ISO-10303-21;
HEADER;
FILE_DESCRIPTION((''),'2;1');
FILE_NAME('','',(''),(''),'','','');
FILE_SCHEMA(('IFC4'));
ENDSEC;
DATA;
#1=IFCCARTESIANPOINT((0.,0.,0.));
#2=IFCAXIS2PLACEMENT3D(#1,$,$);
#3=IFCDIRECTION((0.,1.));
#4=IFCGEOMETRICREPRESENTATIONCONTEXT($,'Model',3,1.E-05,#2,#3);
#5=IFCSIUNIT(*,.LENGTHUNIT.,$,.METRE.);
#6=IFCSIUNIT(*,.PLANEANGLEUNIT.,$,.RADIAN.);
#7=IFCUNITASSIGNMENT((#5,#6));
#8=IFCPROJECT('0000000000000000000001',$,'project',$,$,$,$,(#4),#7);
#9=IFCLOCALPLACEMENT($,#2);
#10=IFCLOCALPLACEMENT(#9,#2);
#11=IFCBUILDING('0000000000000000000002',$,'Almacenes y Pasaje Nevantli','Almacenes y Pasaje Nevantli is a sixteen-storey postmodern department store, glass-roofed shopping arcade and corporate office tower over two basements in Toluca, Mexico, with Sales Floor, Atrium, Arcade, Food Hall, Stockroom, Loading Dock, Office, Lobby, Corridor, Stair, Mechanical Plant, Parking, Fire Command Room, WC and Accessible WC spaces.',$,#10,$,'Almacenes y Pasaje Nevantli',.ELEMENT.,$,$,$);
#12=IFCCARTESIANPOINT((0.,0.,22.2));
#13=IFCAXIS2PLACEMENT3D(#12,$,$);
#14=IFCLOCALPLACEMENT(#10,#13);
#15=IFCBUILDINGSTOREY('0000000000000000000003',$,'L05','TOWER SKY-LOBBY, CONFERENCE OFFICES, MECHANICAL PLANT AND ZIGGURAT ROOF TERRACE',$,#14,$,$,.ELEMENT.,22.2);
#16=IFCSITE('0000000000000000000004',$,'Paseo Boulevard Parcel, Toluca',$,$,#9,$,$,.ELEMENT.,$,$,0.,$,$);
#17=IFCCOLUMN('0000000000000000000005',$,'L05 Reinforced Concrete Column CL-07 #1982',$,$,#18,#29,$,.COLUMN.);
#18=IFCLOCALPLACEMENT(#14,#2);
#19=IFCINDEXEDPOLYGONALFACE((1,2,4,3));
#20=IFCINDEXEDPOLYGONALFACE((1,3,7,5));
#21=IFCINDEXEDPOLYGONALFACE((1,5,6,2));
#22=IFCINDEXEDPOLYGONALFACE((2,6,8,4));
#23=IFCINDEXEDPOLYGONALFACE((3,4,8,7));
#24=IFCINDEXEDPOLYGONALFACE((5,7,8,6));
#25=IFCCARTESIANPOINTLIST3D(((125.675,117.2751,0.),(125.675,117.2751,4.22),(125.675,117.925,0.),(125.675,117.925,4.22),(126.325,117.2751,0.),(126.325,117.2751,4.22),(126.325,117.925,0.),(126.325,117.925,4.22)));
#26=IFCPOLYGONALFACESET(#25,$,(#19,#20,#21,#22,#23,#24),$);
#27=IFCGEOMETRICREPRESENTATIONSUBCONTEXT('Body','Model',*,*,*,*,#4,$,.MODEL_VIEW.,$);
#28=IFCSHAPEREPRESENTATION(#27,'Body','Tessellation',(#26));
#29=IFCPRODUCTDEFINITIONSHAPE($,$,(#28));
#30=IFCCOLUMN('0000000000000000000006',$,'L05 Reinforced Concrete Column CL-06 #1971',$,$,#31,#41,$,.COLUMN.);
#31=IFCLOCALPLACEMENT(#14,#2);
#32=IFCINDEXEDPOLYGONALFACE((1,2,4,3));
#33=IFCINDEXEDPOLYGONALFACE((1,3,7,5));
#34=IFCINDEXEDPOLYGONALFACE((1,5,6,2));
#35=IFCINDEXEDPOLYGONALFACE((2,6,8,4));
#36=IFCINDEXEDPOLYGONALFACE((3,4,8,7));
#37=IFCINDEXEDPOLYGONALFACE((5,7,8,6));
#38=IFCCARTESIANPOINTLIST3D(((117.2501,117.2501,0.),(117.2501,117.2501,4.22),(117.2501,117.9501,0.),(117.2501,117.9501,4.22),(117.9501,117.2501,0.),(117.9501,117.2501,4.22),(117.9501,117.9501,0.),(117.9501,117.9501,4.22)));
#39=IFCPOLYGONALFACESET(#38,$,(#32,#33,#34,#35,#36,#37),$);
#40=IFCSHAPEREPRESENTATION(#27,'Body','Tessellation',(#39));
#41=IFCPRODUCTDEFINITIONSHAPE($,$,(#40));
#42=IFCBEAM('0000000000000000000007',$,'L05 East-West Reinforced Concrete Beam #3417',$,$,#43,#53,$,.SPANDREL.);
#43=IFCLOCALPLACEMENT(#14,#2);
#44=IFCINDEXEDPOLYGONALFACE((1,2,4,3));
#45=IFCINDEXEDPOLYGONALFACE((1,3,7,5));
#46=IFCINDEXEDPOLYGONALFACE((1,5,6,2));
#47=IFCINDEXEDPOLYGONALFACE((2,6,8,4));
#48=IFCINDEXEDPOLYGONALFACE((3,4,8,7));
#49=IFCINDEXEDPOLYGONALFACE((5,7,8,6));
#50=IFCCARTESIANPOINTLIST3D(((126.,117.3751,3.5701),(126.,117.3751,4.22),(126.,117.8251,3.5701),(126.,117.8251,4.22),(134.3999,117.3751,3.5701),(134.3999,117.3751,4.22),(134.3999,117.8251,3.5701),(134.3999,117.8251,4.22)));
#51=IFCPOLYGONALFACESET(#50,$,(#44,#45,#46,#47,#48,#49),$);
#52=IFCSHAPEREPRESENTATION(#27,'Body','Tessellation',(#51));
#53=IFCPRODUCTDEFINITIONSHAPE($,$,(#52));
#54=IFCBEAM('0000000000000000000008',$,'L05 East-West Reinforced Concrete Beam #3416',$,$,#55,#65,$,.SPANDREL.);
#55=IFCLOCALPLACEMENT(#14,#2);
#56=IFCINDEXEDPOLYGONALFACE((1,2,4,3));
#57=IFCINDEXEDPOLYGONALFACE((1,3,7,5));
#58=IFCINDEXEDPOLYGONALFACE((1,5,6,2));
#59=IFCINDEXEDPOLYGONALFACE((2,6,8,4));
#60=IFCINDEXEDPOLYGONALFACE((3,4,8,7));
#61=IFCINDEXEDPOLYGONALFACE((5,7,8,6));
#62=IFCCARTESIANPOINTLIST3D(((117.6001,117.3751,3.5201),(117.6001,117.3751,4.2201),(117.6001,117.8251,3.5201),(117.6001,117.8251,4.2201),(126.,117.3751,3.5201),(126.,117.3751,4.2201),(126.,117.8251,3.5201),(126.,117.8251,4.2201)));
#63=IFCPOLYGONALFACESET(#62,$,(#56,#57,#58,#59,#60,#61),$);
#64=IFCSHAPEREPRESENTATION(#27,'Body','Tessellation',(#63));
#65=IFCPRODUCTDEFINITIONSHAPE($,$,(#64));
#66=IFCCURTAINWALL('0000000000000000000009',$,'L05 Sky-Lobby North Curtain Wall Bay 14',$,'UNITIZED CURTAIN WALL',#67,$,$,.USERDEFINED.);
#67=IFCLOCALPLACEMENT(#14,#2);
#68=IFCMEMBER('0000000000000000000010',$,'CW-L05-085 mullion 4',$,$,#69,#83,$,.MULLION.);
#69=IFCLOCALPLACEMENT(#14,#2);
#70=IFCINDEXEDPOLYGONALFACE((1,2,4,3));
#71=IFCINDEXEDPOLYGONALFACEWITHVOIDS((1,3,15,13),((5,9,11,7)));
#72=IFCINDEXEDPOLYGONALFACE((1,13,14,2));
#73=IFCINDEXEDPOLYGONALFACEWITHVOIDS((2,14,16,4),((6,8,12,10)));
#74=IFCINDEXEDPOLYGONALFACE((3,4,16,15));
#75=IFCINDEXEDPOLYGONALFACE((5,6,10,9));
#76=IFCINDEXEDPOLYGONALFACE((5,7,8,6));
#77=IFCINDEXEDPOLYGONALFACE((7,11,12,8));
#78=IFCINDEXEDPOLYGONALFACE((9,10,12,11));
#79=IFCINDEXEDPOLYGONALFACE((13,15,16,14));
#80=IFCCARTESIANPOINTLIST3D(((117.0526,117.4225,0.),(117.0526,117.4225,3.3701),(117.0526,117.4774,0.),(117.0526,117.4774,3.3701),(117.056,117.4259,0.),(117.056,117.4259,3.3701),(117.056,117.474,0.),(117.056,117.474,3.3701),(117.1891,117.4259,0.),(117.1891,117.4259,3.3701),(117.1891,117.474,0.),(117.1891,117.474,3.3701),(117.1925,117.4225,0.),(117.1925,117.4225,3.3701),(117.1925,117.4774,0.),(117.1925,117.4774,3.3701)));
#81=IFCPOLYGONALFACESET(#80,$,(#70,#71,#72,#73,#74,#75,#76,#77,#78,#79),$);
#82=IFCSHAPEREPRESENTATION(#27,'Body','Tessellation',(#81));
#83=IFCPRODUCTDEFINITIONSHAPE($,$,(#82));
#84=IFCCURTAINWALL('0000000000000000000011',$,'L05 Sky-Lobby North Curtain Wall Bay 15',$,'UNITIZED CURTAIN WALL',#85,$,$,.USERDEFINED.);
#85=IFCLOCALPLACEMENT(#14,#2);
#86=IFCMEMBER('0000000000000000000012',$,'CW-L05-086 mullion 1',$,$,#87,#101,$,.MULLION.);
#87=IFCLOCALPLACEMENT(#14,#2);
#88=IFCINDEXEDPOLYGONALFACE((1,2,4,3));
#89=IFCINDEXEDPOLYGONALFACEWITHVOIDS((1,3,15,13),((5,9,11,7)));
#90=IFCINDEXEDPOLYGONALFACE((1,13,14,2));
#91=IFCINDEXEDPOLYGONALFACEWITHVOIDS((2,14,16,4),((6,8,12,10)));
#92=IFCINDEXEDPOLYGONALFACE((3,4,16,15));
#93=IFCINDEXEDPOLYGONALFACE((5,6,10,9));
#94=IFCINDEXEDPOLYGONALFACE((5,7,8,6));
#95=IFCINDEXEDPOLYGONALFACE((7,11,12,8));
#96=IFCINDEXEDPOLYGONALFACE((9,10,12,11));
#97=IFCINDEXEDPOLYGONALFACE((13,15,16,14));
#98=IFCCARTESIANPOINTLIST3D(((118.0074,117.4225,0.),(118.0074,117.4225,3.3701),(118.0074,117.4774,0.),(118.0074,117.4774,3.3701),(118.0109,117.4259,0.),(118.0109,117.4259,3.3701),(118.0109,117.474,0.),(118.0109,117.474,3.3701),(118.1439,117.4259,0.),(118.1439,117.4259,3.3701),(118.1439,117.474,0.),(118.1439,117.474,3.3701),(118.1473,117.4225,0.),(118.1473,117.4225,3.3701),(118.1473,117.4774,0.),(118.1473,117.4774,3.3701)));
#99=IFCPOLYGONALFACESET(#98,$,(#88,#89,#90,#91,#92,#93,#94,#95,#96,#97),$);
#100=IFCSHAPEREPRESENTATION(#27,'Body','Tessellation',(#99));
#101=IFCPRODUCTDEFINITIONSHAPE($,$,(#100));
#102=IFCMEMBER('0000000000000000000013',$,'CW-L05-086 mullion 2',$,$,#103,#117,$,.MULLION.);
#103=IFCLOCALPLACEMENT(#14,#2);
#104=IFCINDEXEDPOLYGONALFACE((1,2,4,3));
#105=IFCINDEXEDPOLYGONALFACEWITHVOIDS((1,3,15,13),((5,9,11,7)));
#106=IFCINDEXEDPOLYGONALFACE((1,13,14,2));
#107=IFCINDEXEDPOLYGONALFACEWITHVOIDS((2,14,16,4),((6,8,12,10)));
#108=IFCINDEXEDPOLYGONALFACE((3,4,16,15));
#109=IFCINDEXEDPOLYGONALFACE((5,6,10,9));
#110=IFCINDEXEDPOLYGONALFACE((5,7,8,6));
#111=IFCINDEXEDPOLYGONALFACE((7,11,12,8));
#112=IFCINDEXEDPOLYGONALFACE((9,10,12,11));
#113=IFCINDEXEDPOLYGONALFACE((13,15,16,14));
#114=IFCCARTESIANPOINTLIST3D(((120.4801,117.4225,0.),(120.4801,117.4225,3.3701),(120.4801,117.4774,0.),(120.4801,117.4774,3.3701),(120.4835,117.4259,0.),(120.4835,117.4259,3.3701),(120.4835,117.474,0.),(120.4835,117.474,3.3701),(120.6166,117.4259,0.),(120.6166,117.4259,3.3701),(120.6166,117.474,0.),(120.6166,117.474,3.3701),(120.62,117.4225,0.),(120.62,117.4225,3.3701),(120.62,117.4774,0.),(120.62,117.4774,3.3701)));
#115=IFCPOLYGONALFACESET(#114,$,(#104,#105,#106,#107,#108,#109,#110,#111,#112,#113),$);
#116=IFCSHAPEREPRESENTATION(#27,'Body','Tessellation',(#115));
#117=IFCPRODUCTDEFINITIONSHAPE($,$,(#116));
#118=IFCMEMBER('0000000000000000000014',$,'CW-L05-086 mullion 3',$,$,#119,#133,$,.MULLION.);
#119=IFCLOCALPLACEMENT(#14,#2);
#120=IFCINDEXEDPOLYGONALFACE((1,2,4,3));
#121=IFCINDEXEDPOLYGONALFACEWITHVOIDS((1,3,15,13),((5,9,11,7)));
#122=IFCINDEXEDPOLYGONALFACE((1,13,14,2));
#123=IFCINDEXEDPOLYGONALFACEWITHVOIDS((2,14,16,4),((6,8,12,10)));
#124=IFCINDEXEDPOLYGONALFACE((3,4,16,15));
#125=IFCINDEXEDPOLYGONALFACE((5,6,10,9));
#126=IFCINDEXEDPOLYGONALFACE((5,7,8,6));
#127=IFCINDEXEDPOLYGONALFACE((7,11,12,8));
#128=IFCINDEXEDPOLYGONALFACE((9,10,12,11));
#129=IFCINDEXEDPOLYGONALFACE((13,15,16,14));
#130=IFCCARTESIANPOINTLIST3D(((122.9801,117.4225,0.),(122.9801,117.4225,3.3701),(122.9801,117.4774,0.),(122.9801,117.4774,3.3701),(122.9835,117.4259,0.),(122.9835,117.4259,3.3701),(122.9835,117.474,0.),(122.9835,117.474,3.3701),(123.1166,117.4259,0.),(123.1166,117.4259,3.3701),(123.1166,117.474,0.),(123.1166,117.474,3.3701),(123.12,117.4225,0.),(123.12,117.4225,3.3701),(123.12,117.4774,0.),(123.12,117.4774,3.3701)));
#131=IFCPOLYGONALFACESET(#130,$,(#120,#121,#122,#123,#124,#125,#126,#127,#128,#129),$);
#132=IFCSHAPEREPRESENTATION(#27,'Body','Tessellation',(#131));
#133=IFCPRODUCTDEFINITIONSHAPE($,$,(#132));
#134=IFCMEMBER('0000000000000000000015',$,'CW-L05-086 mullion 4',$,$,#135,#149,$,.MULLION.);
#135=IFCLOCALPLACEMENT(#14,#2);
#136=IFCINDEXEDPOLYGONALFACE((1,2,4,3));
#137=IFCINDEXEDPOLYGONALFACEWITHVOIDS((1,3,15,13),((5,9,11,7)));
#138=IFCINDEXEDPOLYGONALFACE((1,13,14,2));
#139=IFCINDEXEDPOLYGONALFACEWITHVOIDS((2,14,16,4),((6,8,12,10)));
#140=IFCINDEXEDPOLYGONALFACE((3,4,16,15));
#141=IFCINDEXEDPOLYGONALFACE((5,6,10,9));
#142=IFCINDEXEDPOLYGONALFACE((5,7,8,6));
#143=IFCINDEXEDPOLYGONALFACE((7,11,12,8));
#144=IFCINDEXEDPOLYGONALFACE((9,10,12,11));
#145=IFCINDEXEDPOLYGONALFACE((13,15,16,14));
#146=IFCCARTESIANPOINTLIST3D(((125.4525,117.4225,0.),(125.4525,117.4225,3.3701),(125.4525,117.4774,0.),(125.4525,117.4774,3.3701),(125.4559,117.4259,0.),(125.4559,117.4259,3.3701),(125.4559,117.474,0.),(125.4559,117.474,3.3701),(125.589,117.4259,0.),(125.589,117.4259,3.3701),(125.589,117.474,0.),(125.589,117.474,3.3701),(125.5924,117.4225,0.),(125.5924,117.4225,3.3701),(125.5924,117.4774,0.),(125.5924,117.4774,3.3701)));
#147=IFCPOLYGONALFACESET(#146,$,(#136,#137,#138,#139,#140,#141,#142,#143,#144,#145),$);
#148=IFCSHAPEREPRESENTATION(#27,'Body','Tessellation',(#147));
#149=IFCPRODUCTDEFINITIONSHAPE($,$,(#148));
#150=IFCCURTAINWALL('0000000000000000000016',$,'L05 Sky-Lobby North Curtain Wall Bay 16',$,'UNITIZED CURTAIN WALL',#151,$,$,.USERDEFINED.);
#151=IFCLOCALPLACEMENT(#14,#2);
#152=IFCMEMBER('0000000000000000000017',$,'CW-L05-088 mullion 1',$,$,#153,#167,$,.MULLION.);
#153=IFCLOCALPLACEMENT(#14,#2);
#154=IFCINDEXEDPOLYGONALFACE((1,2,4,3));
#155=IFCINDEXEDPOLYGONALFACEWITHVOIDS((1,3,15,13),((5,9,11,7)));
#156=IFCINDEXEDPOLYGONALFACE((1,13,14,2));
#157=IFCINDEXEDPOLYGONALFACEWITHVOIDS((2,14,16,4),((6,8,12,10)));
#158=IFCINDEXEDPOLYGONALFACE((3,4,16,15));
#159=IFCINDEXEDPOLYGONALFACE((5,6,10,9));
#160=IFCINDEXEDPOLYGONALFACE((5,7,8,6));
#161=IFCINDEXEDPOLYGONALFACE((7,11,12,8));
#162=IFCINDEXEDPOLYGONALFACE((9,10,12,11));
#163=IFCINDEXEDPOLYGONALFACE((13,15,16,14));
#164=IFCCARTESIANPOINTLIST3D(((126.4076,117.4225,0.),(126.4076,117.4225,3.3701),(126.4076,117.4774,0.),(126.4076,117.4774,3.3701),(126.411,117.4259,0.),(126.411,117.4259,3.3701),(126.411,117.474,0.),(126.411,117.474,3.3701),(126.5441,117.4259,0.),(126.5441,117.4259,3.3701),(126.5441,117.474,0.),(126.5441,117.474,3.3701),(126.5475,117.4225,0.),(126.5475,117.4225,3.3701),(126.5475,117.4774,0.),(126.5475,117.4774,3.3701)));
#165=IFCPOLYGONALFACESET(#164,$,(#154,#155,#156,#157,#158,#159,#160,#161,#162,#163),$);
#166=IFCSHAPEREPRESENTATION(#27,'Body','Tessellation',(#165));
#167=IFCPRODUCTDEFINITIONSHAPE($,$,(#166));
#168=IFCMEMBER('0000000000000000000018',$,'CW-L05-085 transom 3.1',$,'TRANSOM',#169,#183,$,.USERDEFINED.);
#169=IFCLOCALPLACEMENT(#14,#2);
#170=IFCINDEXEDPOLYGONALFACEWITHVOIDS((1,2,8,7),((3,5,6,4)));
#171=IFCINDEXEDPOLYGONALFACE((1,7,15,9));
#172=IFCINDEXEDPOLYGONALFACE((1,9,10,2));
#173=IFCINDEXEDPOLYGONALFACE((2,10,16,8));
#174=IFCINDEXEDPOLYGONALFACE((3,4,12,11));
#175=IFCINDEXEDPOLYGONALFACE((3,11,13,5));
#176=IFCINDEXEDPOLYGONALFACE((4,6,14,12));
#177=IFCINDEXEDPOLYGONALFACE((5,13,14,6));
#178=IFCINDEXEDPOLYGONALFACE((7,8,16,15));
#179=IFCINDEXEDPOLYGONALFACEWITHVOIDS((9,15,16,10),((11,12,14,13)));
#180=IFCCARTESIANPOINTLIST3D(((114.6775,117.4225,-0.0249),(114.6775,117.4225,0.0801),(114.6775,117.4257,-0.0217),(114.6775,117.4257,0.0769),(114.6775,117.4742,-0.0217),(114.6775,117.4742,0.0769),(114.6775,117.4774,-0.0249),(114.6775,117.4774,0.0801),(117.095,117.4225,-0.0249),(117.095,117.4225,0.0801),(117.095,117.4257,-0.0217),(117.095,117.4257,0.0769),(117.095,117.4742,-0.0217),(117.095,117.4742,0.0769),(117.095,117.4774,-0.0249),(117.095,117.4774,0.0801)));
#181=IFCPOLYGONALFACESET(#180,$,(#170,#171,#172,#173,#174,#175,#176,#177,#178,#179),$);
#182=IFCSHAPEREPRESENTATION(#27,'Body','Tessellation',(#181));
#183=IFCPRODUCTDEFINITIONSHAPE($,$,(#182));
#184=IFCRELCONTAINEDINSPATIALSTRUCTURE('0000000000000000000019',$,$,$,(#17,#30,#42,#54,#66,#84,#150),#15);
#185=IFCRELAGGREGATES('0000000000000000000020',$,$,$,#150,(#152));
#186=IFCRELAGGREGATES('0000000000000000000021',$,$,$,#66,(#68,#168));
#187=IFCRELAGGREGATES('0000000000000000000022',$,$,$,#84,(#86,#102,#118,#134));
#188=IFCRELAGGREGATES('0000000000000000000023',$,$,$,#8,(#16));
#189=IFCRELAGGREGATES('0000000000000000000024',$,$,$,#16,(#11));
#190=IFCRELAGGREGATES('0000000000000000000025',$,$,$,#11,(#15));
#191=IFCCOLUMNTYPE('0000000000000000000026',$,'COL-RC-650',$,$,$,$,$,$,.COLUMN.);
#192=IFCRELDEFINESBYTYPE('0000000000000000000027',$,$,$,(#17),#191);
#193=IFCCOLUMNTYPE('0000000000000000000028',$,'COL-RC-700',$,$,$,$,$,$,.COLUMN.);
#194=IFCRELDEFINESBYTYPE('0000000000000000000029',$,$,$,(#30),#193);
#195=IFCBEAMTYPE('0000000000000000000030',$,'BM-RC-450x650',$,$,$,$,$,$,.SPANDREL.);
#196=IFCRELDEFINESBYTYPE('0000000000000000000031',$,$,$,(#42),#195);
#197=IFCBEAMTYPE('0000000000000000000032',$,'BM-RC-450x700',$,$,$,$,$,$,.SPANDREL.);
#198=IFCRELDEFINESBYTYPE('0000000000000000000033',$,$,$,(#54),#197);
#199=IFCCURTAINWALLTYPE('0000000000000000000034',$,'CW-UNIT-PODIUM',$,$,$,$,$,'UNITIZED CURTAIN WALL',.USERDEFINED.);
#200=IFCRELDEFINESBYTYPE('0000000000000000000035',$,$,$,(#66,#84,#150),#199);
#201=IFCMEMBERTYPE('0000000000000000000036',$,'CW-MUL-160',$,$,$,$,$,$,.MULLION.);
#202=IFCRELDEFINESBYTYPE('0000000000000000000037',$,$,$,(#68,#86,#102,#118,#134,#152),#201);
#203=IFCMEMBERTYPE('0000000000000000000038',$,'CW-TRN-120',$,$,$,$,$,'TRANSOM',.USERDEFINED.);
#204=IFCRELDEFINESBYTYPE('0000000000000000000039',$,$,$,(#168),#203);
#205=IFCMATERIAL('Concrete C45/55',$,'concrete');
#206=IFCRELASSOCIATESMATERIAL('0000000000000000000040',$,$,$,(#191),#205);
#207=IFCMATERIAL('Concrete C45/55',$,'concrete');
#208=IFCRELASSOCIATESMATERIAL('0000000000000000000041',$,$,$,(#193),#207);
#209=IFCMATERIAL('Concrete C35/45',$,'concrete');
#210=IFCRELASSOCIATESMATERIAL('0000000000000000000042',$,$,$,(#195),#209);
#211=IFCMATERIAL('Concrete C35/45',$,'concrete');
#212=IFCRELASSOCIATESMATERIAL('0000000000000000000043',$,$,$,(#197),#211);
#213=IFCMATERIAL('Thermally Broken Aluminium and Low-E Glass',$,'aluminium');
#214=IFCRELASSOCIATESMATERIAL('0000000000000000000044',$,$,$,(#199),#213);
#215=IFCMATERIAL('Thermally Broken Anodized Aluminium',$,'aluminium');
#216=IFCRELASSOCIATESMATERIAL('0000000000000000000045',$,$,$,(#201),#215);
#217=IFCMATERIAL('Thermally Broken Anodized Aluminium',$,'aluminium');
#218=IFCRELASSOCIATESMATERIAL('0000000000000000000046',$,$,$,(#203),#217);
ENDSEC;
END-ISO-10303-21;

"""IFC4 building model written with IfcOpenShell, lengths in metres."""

from ifc_helpers import new_model, si_unit, direction, frame, origin, origin_2d, place, context, subcontext, project, spatial, rectangle, hollow_rectangle, extrude, material, material_profile, profile_set, type_object, element, aggregate, save


model = new_model("IFC4")

# Units and contexts
model_context = context("Model", 3, precision=1e-05, world=origin(), true_north=direction((0.0, 1.0)))
body_context = subcontext(model_context, "Body", "Model", "MODEL_VIEW")
ifc_project = project(units=[si_unit("LENGTHUNIT", "METRE"), si_unit("PLANEANGLEUNIT", "RADIAN")], contexts=[model_context])

# Site, building, storey
site_placement = place(None, origin())
site = spatial("IfcSite", under=ifc_project, at=site_placement, Name="Paseo Boulevard Parcel, Toluca", CompositionType="ELEMENT", RefElevation=0.0)
building_placement = place(site_placement, origin())
building = spatial("IfcBuilding", under=site, at=building_placement, Name="Almacenes y Pasaje Nevantli", Description="Almacenes y Pasaje Nevantli is a sixteen-storey postmodern department store, glass-roofed shopping arcade and corporate office tower over two basements in Toluca, Mexico, with Sales Floor, Atrium, Arcade, Food Hall, Stockroom, Loading Dock, Office, Lobby, Corridor, Stair, Mechanical Plant, Parking, Fire Command Room, WC and Accessible WC spaces.", LongName="Almacenes y Pasaje Nevantli", CompositionType="ELEMENT")
storey_placement = place(building_placement, frame((0.0, 0.0, 22.2)))
storey = spatial("IfcBuildingStorey", under=building, at=storey_placement, Name="L05", Description="TOWER SKY-LOBBY, CONFERENCE OFFICES, MECHANICAL PLANT AND ZIGGURAT ROOF TERRACE", CompositionType="ELEMENT", Elevation=22.2)

# Columns
ifc_material_1 = material(Name="Concrete C45/55", Category="concrete")
ifc_material_profile_1 = material_profile(ifc_material_1, rectangle(XDim=0.6499, YDim=0.6499, at=origin_2d()), Name="RC-COL-650x650")
ifc_profile_set_1 = profile_set([ifc_material_profile_1], Name="Concrete C45/55")
column_type_1 = type_object("IfcColumnType", Name="COL-RC-650", PredefinedType="COLUMN", material=ifc_profile_set_1)
column_1_placement = place(storey_placement, frame((126.0, 117.6001, 0.0), z_axis=(0.0, 0.0, 1.0), x_axis=(1.0, 0.0, 0.0)))
element("IfcColumn", 1, at=column_1_placement, inside=storey, type_object=column_type_1, Name="L05 Reinforced Concrete Column CL-07 #1982", PredefinedType="COLUMN", context=body_context, shape_type="SweptSolid", body=[
    extrude(rectangle(XDim=0.6499, YDim=0.6499, at=origin_2d()), origin(), (0.0, 0.0, 1.0), 4.22),
])
ifc_material_2 = material(Name="Concrete C45/55", Category="concrete")
ifc_material_profile_2 = material_profile(ifc_material_2, rectangle(XDim=0.7, YDim=0.7, at=origin_2d()), Name="RC-COL-700x700")
ifc_profile_set_2 = profile_set([ifc_material_profile_2], Name="Concrete C45/55")
column_type_2 = type_object("IfcColumnType", Name="COL-RC-700", PredefinedType="COLUMN", material=ifc_profile_set_2)
column_2_placement = place(storey_placement, frame((117.6001, 117.6001, 0.0), z_axis=(0.0, 0.0, 1.0), x_axis=(1.0, 0.0, 0.0)))
element("IfcColumn", 2, at=column_2_placement, inside=storey, type_object=column_type_2, Name="L05 Reinforced Concrete Column CL-06 #1971", PredefinedType="COLUMN", context=body_context, shape_type="SweptSolid", body=[
    extrude(rectangle(XDim=0.7, YDim=0.7, at=origin_2d()), origin(), (0.0, 0.0, 1.0), 4.22),
])

# Beams
ifc_material_3 = material(Name="Concrete C35/45", Category="concrete")
ifc_material_profile_3 = material_profile(ifc_material_3, rectangle(XDim=0.45, YDim=0.6499, at=origin_2d()), Name="RC-BM-450x650")
ifc_profile_set_3 = profile_set([ifc_material_profile_3], Name="Concrete C35/45")
beam_type_1 = type_object("IfcBeamType", Name="BM-RC-450x650", PredefinedType="SPANDREL", material=ifc_profile_set_3)
beam_1_placement = place(storey_placement, frame((126.0, 117.6001, 3.895), z_axis=(1.0, 0.0, 0.0), x_axis=(0.0, 1.0, 0.0)))
element("IfcBeam", 3, at=beam_1_placement, inside=storey, type_object=beam_type_1, Name="L05 East-West Reinforced Concrete Beam #3417", PredefinedType="SPANDREL", context=body_context, shape_type="SweptSolid", body=[
    extrude(rectangle(XDim=0.45, YDim=0.6499, at=origin_2d()), origin(), (0.0, 0.0, 1.0), 8.3999),
])
ifc_material_4 = material(Name="Concrete C35/45", Category="concrete")
ifc_material_profile_4 = material_profile(ifc_material_4, rectangle(XDim=0.45, YDim=0.7, at=origin_2d()), Name="RC-BM-450x700")
ifc_profile_set_4 = profile_set([ifc_material_profile_4], Name="Concrete C35/45")
beam_type_2 = type_object("IfcBeamType", Name="BM-RC-450x700", PredefinedType="SPANDREL", material=ifc_profile_set_4)
beam_2_placement = place(storey_placement, frame((117.6001, 117.6001, 3.8701), z_axis=(1.0, 0.0, 0.0), x_axis=(0.0, 1.0, 0.0)))
element("IfcBeam", 4, at=beam_2_placement, inside=storey, type_object=beam_type_2, Name="L05 East-West Reinforced Concrete Beam #3416", PredefinedType="SPANDREL", context=body_context, shape_type="SweptSolid", body=[
    extrude(rectangle(XDim=0.45, YDim=0.7, at=origin_2d()), origin(), (0.0, 0.0, 1.0), 8.3999),
])

# Curtain wall, member
ifc_material_5 = material(Name="Thermally Broken Aluminium and Low-E Glass", Category="aluminium")
curtain_wall_type = type_object("IfcCurtainWallType", Name="CW-UNIT-PODIUM", ElementType="UNITIZED CURTAIN WALL", PredefinedType="USERDEFINED", material=ifc_material_5)
curtain_wall_1_placement = place(storey_placement, origin())
curtain_wall_1 = element("IfcCurtainWall", 5, at=curtain_wall_1_placement, inside=storey, type_object=curtain_wall_type, Name="L05 Sky-Lobby North Curtain Wall Bay 14", ObjectType="UNITIZED CURTAIN WALL", PredefinedType="USERDEFINED")
ifc_material_6 = material(Name="Thermally Broken Anodized Aluminium", Category="aluminium")
ifc_material_profile_5 = material_profile(ifc_material_6, hollow_rectangle(XDim=0.0549, YDim=0.1399, WallThickness=0.0034, at=origin_2d()), Name="ALU-MUL-55x140")
ifc_profile_set_5 = profile_set([ifc_material_profile_5], Name="Thermally Broken Anodized Aluminium")
member_type_1 = type_object("IfcMemberType", Name="CW-MUL-160", PredefinedType="MULLION", material=ifc_profile_set_5)
member_1_placement = place(storey_placement, frame((117.1226, 117.45, 0.0), z_axis=(0.0, 0.0, 1.0), x_axis=(0.0, 1.0, 0.0)))
member_1 = element("IfcMember", 6, at=member_1_placement, type_object=member_type_1, Name="CW-L05-085 mullion 4", PredefinedType="MULLION", context=body_context, shape_type="SweptSolid", body=[
    extrude(hollow_rectangle(XDim=0.0549, YDim=0.1399, WallThickness=0.0034, at=origin_2d()), origin(), (0.0, 0.0, 1.0), 3.3701),
])

# Curtain wall, members
curtain_wall_2_placement = place(storey_placement, origin())
curtain_wall_2 = element("IfcCurtainWall", 7, at=curtain_wall_2_placement, inside=storey, type_object=curtain_wall_type, Name="L05 Sky-Lobby North Curtain Wall Bay 15", ObjectType="UNITIZED CURTAIN WALL", PredefinedType="USERDEFINED")
member_2_placement = place(storey_placement, frame((118.0774, 117.45, 0.0), z_axis=(0.0, 0.0, 1.0), x_axis=(0.0, 1.0, 0.0)))
member_2 = element("IfcMember", 8, at=member_2_placement, type_object=member_type_1, Name="CW-L05-086 mullion 1", PredefinedType="MULLION", context=body_context, shape_type="SweptSolid", body=[
    extrude(hollow_rectangle(XDim=0.0549, YDim=0.1399, WallThickness=0.0034, at=origin_2d()), origin(), (0.0, 0.0, 1.0), 3.3701),
])
member_3_placement = place(storey_placement, frame((120.55, 117.45, 0.0), z_axis=(0.0, 0.0, 1.0), x_axis=(0.0, 1.0, 0.0)))
member_3 = element("IfcMember", 9, at=member_3_placement, type_object=member_type_1, Name="CW-L05-086 mullion 2", PredefinedType="MULLION", context=body_context, shape_type="SweptSolid", body=[
    extrude(hollow_rectangle(XDim=0.0549, YDim=0.1399, WallThickness=0.0034, at=origin_2d()), origin(), (0.0, 0.0, 1.0), 3.3701),
])
member_4_placement = place(storey_placement, frame((123.05, 117.45, 0.0), z_axis=(0.0, 0.0, 1.0), x_axis=(0.0, 1.0, 0.0)))
member_4 = element("IfcMember", 10, at=member_4_placement, type_object=member_type_1, Name="CW-L05-086 mullion 3", PredefinedType="MULLION", context=body_context, shape_type="SweptSolid", body=[
    extrude(hollow_rectangle(XDim=0.0549, YDim=0.1399, WallThickness=0.0034, at=origin_2d()), origin(), (0.0, 0.0, 1.0), 3.3701),
])
member_5_placement = place(storey_placement, frame((125.5225, 117.45, 0.0), z_axis=(0.0, 0.0, 1.0), x_axis=(0.0, 1.0, 0.0)))
member_5 = element("IfcMember", 11, at=member_5_placement, type_object=member_type_1, Name="CW-L05-086 mullion 4", PredefinedType="MULLION", context=body_context, shape_type="SweptSolid", body=[
    extrude(hollow_rectangle(XDim=0.0549, YDim=0.1399, WallThickness=0.0034, at=origin_2d()), origin(), (0.0, 0.0, 1.0), 3.3701),
])

# Curtain wall, member
curtain_wall_3_placement = place(storey_placement, origin())
curtain_wall_3 = element("IfcCurtainWall", 12, at=curtain_wall_3_placement, inside=storey, type_object=curtain_wall_type, Name="L05 Sky-Lobby North Curtain Wall Bay 16", ObjectType="UNITIZED CURTAIN WALL", PredefinedType="USERDEFINED")
member_6_placement = place(storey_placement, frame((126.4775, 117.45, 0.0), z_axis=(0.0, 0.0, 1.0), x_axis=(0.0, 1.0, 0.0)))
member_6 = element("IfcMember", 13, at=member_6_placement, type_object=member_type_1, Name="CW-L05-088 mullion 1", PredefinedType="MULLION", context=body_context, shape_type="SweptSolid", body=[
    extrude(hollow_rectangle(XDim=0.0549, YDim=0.1399, WallThickness=0.0034, at=origin_2d()), origin(), (0.0, 0.0, 1.0), 3.3701),
])

# Member
ifc_material_7 = material(Name="Thermally Broken Anodized Aluminium", Category="aluminium")
ifc_material_profile_6 = material_profile(ifc_material_7, hollow_rectangle(XDim=0.0549, YDim=0.105, WallThickness=0.0032, at=origin_2d()), Name="ALU-TRN-55x105")
ifc_profile_set_6 = profile_set([ifc_material_profile_6], Name="Thermally Broken Anodized Aluminium")
member_type_2 = type_object("IfcMemberType", Name="CW-TRN-120", ElementType="TRANSOM", PredefinedType="USERDEFINED", material=ifc_profile_set_6)
member_7_placement = place(storey_placement, frame((114.6775, 117.45, 0.0276), z_axis=(1.0, 0.0, 0.0), x_axis=(0.0, 1.0, 0.0)))
member_7 = element("IfcMember", 14, at=member_7_placement, type_object=member_type_2, Name="CW-L05-085 transom 3.1", ObjectType="TRANSOM", PredefinedType="USERDEFINED", context=body_context, shape_type="SweptSolid", body=[
    extrude(hollow_rectangle(XDim=0.0549, YDim=0.105, WallThickness=0.0032, at=origin_2d()), origin(), (0.0, 0.0, 1.0), 2.4175),
])
aggregate(curtain_wall_3, [member_6])

aggregate(curtain_wall_1, [member_1, member_7])
aggregate(curtain_wall_2, [member_2, member_3, member_4, member_5])

save(model, "model.ifc")
